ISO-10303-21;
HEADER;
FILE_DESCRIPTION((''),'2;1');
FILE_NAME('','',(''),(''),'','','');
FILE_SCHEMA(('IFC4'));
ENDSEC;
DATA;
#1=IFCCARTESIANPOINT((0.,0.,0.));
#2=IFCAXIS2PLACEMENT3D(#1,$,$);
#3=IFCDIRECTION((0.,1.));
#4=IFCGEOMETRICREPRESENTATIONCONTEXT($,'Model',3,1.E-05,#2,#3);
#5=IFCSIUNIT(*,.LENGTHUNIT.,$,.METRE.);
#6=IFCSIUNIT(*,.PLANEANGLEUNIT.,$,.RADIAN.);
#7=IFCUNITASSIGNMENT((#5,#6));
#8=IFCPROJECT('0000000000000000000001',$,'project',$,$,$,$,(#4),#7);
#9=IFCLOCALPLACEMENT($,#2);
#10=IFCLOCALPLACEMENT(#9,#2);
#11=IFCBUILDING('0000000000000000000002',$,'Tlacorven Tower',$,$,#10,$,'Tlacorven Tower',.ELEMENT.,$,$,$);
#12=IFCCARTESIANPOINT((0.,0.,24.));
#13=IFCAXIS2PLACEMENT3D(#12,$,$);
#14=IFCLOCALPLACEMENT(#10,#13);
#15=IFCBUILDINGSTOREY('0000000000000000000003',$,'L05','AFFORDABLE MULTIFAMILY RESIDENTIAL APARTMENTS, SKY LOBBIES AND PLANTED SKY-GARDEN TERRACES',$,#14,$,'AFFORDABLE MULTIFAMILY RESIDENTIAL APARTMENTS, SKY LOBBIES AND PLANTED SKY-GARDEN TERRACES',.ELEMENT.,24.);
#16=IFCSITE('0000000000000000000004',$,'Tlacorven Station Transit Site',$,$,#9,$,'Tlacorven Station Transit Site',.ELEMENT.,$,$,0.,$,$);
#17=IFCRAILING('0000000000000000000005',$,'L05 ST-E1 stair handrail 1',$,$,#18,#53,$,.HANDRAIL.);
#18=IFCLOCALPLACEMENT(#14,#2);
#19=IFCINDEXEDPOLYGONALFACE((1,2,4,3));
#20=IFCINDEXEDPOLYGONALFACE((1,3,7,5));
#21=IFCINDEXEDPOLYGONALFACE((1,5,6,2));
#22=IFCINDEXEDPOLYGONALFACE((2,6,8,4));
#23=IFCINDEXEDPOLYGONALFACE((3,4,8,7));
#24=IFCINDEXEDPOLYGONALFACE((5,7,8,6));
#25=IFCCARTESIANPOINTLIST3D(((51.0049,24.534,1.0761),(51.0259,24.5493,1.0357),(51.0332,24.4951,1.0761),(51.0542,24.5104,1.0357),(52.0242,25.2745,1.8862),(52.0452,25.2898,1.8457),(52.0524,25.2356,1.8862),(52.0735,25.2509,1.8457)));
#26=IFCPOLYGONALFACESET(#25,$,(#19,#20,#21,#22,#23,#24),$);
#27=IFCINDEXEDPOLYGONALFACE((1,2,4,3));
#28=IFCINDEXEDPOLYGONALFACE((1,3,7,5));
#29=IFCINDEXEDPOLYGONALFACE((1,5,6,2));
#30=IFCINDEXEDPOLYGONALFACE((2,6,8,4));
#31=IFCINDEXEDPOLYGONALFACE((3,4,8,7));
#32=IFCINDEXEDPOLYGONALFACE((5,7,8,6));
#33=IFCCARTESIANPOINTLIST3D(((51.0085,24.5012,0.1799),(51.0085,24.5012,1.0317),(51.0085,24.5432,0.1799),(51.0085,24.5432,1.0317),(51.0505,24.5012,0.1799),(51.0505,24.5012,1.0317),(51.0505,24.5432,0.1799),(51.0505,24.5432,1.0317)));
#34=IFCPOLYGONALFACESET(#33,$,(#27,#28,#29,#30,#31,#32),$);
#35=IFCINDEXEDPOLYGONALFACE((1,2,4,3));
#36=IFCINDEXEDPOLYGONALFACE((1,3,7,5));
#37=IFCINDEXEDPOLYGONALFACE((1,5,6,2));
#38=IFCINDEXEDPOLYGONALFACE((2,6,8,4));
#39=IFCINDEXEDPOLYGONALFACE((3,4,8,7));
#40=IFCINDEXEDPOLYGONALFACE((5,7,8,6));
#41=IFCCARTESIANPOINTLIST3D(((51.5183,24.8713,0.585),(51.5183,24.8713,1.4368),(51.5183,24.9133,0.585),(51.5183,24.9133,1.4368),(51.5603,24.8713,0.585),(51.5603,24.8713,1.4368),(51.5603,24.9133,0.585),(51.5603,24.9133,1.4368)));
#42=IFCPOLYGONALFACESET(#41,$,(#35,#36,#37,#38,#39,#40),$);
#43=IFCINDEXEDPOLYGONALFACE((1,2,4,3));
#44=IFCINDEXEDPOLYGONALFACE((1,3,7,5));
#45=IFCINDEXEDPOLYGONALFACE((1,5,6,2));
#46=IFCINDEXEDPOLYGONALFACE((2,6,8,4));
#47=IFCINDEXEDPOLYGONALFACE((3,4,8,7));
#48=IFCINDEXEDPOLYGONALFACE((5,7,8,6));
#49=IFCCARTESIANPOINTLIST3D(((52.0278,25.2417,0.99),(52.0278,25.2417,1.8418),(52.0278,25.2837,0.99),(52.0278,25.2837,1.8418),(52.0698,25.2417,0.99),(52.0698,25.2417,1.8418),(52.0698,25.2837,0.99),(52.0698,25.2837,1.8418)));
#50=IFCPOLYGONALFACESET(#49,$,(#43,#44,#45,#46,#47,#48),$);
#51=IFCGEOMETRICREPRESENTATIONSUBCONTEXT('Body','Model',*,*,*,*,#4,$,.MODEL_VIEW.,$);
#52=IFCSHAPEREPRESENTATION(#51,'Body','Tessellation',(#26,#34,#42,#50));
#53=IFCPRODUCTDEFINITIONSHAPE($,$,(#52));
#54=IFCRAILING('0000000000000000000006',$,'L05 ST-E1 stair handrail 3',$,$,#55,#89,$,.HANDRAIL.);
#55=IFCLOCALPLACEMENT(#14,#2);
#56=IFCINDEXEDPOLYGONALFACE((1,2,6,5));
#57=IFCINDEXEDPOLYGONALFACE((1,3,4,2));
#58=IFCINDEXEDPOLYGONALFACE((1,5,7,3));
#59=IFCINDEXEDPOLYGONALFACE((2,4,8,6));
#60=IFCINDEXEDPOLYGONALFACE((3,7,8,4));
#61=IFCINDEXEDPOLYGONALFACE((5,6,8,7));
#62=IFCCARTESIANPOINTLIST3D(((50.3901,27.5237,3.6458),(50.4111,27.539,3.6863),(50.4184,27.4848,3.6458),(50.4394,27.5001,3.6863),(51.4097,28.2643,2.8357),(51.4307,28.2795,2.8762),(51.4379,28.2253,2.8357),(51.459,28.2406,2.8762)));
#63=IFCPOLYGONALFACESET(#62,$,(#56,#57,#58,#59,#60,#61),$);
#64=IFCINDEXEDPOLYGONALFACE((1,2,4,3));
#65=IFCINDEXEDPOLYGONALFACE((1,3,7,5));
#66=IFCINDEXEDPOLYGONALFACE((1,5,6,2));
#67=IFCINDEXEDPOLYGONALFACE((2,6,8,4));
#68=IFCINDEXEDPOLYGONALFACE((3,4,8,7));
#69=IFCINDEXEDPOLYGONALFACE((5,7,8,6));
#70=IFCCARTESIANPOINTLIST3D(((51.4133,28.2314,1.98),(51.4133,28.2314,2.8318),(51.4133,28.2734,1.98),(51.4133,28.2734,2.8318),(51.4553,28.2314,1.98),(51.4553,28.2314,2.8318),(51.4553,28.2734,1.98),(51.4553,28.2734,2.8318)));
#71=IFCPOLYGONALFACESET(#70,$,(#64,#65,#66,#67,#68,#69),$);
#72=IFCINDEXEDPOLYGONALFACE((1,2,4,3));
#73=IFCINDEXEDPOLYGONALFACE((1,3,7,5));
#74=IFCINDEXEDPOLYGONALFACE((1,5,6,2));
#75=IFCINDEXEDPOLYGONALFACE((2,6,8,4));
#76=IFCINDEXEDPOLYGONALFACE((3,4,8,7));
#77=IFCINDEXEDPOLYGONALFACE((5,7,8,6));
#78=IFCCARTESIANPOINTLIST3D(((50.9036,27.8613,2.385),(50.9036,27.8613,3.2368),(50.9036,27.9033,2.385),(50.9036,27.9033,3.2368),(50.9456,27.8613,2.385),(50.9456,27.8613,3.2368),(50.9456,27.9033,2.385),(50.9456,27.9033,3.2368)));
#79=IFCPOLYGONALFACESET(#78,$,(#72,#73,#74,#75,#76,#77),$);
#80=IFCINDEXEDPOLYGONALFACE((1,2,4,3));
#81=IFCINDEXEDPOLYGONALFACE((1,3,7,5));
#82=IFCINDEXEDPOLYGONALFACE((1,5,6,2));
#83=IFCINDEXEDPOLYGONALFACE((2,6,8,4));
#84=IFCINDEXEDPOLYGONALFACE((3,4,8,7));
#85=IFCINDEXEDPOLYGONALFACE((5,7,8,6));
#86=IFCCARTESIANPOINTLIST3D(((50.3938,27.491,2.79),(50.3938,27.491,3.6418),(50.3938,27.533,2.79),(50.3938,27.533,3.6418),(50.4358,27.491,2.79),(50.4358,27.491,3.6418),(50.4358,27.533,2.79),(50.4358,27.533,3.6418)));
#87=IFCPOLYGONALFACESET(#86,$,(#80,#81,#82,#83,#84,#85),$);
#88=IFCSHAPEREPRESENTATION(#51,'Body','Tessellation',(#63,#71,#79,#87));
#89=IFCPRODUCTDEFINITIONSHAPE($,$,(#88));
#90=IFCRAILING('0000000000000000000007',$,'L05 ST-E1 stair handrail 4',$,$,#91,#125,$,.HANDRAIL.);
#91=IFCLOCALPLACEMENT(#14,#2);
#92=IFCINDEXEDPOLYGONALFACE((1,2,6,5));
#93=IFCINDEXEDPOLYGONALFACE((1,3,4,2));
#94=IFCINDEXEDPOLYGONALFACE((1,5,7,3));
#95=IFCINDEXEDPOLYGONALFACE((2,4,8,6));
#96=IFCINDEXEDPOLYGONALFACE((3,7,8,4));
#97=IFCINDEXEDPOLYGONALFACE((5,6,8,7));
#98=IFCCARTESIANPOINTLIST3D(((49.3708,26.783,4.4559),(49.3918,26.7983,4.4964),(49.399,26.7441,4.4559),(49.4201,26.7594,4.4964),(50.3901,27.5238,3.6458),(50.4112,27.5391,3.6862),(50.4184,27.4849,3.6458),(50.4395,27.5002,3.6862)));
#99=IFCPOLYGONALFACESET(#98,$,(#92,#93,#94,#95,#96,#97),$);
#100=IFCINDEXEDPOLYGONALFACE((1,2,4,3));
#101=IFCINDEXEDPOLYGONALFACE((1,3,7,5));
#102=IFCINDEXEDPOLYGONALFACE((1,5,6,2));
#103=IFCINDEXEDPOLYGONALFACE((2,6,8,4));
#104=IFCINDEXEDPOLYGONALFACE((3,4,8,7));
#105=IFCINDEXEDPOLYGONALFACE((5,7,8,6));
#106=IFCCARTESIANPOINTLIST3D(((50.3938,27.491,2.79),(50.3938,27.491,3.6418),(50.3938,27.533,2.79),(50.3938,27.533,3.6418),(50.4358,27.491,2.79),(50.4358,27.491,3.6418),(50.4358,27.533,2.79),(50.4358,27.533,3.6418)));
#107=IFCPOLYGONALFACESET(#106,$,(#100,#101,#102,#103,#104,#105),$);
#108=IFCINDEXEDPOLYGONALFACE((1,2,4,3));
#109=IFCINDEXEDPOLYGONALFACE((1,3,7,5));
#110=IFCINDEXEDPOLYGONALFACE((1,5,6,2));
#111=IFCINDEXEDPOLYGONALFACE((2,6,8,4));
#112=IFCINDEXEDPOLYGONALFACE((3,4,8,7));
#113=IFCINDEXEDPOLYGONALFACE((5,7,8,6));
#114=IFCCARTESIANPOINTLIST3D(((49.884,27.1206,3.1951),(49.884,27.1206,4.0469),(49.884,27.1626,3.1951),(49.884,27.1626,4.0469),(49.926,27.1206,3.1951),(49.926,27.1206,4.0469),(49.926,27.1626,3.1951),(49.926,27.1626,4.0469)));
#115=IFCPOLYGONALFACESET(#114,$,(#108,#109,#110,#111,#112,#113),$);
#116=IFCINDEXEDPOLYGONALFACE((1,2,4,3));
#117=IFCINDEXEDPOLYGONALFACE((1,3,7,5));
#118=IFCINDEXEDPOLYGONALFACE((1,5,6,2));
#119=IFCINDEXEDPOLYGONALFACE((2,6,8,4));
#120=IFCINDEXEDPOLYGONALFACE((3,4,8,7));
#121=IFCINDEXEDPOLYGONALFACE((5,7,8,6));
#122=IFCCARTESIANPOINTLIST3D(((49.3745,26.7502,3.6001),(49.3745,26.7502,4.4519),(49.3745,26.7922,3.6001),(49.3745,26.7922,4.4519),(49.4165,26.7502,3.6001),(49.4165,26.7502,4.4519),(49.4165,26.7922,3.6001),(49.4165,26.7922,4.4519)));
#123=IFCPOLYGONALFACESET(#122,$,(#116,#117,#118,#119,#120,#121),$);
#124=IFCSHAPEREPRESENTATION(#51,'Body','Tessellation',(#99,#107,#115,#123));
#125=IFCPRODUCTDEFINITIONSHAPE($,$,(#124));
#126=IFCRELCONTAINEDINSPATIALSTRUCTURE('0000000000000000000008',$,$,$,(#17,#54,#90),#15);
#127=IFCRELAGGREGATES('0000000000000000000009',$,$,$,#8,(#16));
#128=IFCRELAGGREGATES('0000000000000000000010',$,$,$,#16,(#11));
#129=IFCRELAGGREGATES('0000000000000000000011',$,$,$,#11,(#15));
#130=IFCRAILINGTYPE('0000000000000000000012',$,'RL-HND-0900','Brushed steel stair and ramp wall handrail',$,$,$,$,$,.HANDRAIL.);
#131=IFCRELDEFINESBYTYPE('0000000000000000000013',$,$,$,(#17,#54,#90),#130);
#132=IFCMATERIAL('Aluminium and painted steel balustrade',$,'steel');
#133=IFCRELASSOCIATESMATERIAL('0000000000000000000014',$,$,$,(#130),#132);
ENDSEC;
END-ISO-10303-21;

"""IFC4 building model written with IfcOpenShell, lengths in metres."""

from ifc_helpers import new_model, si_unit, direction, frame, origin, origin_2d, place, context, subcontext, project, spatial, rectangle, extrude, source, transform, mapped, material, type_object, element, save


model = new_model("IFC4")

# Units and contexts
model_context = context("Model", 3, precision=1e-05, world=origin(), true_north=direction((0.0, 1.0)))
body_context = subcontext(model_context, "Body", "Model", "MODEL_VIEW")
ifc_project = project(units=[si_unit("LENGTHUNIT", "METRE"), si_unit("PLANEANGLEUNIT", "RADIAN")], contexts=[model_context])

# Site, building, storey
site_placement = place(None, origin())
site = spatial("IfcSite", under=ifc_project, at=site_placement, Name="Tlacorven Station Transit Site", LongName="Tlacorven Station Transit Site", CompositionType="ELEMENT", RefElevation=0.0)
building_placement = place(site_placement, origin())
building = spatial("IfcBuilding", under=site, at=building_placement, Name="Tlacorven Tower", LongName="Tlacorven Tower", CompositionType="ELEMENT")
storey_placement = place(building_placement, frame((0.0, 0.0, 24.0)))
storey = spatial("IfcBuildingStorey", under=building, at=storey_placement, Name="L05", Description="AFFORDABLE MULTIFAMILY RESIDENTIAL APARTMENTS, SKY LOBBIES AND PLANTED SKY-GARDEN TERRACES", LongName="AFFORDABLE MULTIFAMILY RESIDENTIAL APARTMENTS, SKY LOBBIES AND PLANTED SKY-GARDEN TERRACES", CompositionType="ELEMENT", Elevation=24.0)

# Railings
ifc_material_1 = material(Name="Aluminium and painted steel balustrade", Category="steel")
railing_type_1 = type_object("IfcRailingType", Name="RL-HND-0900", Description="Brushed steel stair and ramp wall handrail", PredefinedType="HANDRAIL", material=ifc_material_1)
shared_shape_1 = source(origin(), body_context, "Body", "SweptSolid", [
    extrude(rectangle(XDim=0.0481, YDim=0.0481, at=origin_2d()), frame((0.0, 0.0, 0.876), z_axis=(0.680516, 0.494373, 0.540827), x_axis=(-0.587745, 0.809046, 0.0)), (0.0, 0.0, 1.0), 1.4978),
    extrude(rectangle(XDim=0.042, YDim=0.042, at=origin_2d()), origin(), (0.0, 0.0, 1.0), 0.8518),
    extrude(rectangle(XDim=0.042, YDim=0.042, at=origin_2d()), frame((0.5098, 0.3701, 0.405)), (0.0, 0.0, 1.0), 0.8518),
    extrude(rectangle(XDim=0.042, YDim=0.042, at=origin_2d()), frame((1.0193, 0.7405, 0.8101)), (0.0, 0.0, 1.0), 0.8518),
])
railing_1_placement = place(storey_placement, frame((51.0295, 24.5222, 0.1799)))
element("IfcRailing", 1, at=railing_1_placement, inside=storey, type_object=railing_type_1, Name="L05 ST-E1 stair handrail 1", PredefinedType="HANDRAIL", context=body_context, shape_type="MappedRepresentation", body=[
    mapped(shared_shape_1, transform((0.0, 0.0, 0.0), scale=1.0)),
])
shared_shape_2 = source(origin(), body_context, "Body", "SweptSolid", [
    extrude(rectangle(XDim=0.0481, YDim=0.0481, at=origin_2d()), frame((0.0, 0.0, 0.876), z_axis=(-0.680604, -0.494318, 0.540767), x_axis=(0.587653, -0.809113, 0.0)), (0.0, 0.0, 1.0), 1.498),
    extrude(rectangle(XDim=0.042, YDim=0.042, at=origin_2d()), origin(), (0.0, 0.0, 1.0), 0.8518),
    extrude(rectangle(XDim=0.042, YDim=0.042, at=origin_2d()), frame((-0.5098, -0.3701, 0.405)), (0.0, 0.0, 1.0), 0.8518),
    extrude(rectangle(XDim=0.042, YDim=0.042, at=origin_2d()), frame((-1.0195, -0.7405, 0.8101)), (0.0, 0.0, 1.0), 0.8518),
])
railing_2_placement = place(storey_placement, frame((51.4343, 28.2524, 1.98)))
element("IfcRailing", 2, at=railing_2_placement, inside=storey, type_object=railing_type_1, Name="L05 ST-E1 stair handrail 3", PredefinedType="HANDRAIL", context=body_context, shape_type="MappedRepresentation", body=[
    mapped(shared_shape_2, transform((0.0, 0.0, 0.0), scale=1.0)),
])
shared_shape_3 = source(origin(), body_context, "Body", "SweptSolid", [
    extrude(rectangle(XDim=0.0481, YDim=0.0481, at=origin_2d()), frame((0.0, 0.0, 0.876), z_axis=(-0.680461, -0.494496, 0.540783), x_axis=(0.587872, -0.808954, 0.0)), (0.0, 0.0, 1.0), 1.498),
    extrude(rectangle(XDim=0.042, YDim=0.042, at=origin_2d()), origin(), (0.0, 0.0, 1.0), 0.8518),
    extrude(rectangle(XDim=0.042, YDim=0.042, at=origin_2d()), frame((-0.5098, -0.3704, 0.405)), (0.0, 0.0, 1.0), 0.8518),
    extrude(rectangle(XDim=0.042, YDim=0.042, at=origin_2d()), frame((-1.0193, -0.7407, 0.8101)), (0.0, 0.0, 1.0), 0.8518),
])
railing_3_placement = place(storey_placement, frame((50.4148, 27.512, 2.79)))
element("IfcRailing", 3, at=railing_3_placement, inside=storey, type_object=railing_type_1, Name="L05 ST-E1 stair handrail 4", PredefinedType="HANDRAIL", context=body_context, shape_type="MappedRepresentation", body=[
    mapped(shared_shape_3, transform((0.0, 0.0, 0.0), scale=1.0)),
])

save(model, "model.ifc")
